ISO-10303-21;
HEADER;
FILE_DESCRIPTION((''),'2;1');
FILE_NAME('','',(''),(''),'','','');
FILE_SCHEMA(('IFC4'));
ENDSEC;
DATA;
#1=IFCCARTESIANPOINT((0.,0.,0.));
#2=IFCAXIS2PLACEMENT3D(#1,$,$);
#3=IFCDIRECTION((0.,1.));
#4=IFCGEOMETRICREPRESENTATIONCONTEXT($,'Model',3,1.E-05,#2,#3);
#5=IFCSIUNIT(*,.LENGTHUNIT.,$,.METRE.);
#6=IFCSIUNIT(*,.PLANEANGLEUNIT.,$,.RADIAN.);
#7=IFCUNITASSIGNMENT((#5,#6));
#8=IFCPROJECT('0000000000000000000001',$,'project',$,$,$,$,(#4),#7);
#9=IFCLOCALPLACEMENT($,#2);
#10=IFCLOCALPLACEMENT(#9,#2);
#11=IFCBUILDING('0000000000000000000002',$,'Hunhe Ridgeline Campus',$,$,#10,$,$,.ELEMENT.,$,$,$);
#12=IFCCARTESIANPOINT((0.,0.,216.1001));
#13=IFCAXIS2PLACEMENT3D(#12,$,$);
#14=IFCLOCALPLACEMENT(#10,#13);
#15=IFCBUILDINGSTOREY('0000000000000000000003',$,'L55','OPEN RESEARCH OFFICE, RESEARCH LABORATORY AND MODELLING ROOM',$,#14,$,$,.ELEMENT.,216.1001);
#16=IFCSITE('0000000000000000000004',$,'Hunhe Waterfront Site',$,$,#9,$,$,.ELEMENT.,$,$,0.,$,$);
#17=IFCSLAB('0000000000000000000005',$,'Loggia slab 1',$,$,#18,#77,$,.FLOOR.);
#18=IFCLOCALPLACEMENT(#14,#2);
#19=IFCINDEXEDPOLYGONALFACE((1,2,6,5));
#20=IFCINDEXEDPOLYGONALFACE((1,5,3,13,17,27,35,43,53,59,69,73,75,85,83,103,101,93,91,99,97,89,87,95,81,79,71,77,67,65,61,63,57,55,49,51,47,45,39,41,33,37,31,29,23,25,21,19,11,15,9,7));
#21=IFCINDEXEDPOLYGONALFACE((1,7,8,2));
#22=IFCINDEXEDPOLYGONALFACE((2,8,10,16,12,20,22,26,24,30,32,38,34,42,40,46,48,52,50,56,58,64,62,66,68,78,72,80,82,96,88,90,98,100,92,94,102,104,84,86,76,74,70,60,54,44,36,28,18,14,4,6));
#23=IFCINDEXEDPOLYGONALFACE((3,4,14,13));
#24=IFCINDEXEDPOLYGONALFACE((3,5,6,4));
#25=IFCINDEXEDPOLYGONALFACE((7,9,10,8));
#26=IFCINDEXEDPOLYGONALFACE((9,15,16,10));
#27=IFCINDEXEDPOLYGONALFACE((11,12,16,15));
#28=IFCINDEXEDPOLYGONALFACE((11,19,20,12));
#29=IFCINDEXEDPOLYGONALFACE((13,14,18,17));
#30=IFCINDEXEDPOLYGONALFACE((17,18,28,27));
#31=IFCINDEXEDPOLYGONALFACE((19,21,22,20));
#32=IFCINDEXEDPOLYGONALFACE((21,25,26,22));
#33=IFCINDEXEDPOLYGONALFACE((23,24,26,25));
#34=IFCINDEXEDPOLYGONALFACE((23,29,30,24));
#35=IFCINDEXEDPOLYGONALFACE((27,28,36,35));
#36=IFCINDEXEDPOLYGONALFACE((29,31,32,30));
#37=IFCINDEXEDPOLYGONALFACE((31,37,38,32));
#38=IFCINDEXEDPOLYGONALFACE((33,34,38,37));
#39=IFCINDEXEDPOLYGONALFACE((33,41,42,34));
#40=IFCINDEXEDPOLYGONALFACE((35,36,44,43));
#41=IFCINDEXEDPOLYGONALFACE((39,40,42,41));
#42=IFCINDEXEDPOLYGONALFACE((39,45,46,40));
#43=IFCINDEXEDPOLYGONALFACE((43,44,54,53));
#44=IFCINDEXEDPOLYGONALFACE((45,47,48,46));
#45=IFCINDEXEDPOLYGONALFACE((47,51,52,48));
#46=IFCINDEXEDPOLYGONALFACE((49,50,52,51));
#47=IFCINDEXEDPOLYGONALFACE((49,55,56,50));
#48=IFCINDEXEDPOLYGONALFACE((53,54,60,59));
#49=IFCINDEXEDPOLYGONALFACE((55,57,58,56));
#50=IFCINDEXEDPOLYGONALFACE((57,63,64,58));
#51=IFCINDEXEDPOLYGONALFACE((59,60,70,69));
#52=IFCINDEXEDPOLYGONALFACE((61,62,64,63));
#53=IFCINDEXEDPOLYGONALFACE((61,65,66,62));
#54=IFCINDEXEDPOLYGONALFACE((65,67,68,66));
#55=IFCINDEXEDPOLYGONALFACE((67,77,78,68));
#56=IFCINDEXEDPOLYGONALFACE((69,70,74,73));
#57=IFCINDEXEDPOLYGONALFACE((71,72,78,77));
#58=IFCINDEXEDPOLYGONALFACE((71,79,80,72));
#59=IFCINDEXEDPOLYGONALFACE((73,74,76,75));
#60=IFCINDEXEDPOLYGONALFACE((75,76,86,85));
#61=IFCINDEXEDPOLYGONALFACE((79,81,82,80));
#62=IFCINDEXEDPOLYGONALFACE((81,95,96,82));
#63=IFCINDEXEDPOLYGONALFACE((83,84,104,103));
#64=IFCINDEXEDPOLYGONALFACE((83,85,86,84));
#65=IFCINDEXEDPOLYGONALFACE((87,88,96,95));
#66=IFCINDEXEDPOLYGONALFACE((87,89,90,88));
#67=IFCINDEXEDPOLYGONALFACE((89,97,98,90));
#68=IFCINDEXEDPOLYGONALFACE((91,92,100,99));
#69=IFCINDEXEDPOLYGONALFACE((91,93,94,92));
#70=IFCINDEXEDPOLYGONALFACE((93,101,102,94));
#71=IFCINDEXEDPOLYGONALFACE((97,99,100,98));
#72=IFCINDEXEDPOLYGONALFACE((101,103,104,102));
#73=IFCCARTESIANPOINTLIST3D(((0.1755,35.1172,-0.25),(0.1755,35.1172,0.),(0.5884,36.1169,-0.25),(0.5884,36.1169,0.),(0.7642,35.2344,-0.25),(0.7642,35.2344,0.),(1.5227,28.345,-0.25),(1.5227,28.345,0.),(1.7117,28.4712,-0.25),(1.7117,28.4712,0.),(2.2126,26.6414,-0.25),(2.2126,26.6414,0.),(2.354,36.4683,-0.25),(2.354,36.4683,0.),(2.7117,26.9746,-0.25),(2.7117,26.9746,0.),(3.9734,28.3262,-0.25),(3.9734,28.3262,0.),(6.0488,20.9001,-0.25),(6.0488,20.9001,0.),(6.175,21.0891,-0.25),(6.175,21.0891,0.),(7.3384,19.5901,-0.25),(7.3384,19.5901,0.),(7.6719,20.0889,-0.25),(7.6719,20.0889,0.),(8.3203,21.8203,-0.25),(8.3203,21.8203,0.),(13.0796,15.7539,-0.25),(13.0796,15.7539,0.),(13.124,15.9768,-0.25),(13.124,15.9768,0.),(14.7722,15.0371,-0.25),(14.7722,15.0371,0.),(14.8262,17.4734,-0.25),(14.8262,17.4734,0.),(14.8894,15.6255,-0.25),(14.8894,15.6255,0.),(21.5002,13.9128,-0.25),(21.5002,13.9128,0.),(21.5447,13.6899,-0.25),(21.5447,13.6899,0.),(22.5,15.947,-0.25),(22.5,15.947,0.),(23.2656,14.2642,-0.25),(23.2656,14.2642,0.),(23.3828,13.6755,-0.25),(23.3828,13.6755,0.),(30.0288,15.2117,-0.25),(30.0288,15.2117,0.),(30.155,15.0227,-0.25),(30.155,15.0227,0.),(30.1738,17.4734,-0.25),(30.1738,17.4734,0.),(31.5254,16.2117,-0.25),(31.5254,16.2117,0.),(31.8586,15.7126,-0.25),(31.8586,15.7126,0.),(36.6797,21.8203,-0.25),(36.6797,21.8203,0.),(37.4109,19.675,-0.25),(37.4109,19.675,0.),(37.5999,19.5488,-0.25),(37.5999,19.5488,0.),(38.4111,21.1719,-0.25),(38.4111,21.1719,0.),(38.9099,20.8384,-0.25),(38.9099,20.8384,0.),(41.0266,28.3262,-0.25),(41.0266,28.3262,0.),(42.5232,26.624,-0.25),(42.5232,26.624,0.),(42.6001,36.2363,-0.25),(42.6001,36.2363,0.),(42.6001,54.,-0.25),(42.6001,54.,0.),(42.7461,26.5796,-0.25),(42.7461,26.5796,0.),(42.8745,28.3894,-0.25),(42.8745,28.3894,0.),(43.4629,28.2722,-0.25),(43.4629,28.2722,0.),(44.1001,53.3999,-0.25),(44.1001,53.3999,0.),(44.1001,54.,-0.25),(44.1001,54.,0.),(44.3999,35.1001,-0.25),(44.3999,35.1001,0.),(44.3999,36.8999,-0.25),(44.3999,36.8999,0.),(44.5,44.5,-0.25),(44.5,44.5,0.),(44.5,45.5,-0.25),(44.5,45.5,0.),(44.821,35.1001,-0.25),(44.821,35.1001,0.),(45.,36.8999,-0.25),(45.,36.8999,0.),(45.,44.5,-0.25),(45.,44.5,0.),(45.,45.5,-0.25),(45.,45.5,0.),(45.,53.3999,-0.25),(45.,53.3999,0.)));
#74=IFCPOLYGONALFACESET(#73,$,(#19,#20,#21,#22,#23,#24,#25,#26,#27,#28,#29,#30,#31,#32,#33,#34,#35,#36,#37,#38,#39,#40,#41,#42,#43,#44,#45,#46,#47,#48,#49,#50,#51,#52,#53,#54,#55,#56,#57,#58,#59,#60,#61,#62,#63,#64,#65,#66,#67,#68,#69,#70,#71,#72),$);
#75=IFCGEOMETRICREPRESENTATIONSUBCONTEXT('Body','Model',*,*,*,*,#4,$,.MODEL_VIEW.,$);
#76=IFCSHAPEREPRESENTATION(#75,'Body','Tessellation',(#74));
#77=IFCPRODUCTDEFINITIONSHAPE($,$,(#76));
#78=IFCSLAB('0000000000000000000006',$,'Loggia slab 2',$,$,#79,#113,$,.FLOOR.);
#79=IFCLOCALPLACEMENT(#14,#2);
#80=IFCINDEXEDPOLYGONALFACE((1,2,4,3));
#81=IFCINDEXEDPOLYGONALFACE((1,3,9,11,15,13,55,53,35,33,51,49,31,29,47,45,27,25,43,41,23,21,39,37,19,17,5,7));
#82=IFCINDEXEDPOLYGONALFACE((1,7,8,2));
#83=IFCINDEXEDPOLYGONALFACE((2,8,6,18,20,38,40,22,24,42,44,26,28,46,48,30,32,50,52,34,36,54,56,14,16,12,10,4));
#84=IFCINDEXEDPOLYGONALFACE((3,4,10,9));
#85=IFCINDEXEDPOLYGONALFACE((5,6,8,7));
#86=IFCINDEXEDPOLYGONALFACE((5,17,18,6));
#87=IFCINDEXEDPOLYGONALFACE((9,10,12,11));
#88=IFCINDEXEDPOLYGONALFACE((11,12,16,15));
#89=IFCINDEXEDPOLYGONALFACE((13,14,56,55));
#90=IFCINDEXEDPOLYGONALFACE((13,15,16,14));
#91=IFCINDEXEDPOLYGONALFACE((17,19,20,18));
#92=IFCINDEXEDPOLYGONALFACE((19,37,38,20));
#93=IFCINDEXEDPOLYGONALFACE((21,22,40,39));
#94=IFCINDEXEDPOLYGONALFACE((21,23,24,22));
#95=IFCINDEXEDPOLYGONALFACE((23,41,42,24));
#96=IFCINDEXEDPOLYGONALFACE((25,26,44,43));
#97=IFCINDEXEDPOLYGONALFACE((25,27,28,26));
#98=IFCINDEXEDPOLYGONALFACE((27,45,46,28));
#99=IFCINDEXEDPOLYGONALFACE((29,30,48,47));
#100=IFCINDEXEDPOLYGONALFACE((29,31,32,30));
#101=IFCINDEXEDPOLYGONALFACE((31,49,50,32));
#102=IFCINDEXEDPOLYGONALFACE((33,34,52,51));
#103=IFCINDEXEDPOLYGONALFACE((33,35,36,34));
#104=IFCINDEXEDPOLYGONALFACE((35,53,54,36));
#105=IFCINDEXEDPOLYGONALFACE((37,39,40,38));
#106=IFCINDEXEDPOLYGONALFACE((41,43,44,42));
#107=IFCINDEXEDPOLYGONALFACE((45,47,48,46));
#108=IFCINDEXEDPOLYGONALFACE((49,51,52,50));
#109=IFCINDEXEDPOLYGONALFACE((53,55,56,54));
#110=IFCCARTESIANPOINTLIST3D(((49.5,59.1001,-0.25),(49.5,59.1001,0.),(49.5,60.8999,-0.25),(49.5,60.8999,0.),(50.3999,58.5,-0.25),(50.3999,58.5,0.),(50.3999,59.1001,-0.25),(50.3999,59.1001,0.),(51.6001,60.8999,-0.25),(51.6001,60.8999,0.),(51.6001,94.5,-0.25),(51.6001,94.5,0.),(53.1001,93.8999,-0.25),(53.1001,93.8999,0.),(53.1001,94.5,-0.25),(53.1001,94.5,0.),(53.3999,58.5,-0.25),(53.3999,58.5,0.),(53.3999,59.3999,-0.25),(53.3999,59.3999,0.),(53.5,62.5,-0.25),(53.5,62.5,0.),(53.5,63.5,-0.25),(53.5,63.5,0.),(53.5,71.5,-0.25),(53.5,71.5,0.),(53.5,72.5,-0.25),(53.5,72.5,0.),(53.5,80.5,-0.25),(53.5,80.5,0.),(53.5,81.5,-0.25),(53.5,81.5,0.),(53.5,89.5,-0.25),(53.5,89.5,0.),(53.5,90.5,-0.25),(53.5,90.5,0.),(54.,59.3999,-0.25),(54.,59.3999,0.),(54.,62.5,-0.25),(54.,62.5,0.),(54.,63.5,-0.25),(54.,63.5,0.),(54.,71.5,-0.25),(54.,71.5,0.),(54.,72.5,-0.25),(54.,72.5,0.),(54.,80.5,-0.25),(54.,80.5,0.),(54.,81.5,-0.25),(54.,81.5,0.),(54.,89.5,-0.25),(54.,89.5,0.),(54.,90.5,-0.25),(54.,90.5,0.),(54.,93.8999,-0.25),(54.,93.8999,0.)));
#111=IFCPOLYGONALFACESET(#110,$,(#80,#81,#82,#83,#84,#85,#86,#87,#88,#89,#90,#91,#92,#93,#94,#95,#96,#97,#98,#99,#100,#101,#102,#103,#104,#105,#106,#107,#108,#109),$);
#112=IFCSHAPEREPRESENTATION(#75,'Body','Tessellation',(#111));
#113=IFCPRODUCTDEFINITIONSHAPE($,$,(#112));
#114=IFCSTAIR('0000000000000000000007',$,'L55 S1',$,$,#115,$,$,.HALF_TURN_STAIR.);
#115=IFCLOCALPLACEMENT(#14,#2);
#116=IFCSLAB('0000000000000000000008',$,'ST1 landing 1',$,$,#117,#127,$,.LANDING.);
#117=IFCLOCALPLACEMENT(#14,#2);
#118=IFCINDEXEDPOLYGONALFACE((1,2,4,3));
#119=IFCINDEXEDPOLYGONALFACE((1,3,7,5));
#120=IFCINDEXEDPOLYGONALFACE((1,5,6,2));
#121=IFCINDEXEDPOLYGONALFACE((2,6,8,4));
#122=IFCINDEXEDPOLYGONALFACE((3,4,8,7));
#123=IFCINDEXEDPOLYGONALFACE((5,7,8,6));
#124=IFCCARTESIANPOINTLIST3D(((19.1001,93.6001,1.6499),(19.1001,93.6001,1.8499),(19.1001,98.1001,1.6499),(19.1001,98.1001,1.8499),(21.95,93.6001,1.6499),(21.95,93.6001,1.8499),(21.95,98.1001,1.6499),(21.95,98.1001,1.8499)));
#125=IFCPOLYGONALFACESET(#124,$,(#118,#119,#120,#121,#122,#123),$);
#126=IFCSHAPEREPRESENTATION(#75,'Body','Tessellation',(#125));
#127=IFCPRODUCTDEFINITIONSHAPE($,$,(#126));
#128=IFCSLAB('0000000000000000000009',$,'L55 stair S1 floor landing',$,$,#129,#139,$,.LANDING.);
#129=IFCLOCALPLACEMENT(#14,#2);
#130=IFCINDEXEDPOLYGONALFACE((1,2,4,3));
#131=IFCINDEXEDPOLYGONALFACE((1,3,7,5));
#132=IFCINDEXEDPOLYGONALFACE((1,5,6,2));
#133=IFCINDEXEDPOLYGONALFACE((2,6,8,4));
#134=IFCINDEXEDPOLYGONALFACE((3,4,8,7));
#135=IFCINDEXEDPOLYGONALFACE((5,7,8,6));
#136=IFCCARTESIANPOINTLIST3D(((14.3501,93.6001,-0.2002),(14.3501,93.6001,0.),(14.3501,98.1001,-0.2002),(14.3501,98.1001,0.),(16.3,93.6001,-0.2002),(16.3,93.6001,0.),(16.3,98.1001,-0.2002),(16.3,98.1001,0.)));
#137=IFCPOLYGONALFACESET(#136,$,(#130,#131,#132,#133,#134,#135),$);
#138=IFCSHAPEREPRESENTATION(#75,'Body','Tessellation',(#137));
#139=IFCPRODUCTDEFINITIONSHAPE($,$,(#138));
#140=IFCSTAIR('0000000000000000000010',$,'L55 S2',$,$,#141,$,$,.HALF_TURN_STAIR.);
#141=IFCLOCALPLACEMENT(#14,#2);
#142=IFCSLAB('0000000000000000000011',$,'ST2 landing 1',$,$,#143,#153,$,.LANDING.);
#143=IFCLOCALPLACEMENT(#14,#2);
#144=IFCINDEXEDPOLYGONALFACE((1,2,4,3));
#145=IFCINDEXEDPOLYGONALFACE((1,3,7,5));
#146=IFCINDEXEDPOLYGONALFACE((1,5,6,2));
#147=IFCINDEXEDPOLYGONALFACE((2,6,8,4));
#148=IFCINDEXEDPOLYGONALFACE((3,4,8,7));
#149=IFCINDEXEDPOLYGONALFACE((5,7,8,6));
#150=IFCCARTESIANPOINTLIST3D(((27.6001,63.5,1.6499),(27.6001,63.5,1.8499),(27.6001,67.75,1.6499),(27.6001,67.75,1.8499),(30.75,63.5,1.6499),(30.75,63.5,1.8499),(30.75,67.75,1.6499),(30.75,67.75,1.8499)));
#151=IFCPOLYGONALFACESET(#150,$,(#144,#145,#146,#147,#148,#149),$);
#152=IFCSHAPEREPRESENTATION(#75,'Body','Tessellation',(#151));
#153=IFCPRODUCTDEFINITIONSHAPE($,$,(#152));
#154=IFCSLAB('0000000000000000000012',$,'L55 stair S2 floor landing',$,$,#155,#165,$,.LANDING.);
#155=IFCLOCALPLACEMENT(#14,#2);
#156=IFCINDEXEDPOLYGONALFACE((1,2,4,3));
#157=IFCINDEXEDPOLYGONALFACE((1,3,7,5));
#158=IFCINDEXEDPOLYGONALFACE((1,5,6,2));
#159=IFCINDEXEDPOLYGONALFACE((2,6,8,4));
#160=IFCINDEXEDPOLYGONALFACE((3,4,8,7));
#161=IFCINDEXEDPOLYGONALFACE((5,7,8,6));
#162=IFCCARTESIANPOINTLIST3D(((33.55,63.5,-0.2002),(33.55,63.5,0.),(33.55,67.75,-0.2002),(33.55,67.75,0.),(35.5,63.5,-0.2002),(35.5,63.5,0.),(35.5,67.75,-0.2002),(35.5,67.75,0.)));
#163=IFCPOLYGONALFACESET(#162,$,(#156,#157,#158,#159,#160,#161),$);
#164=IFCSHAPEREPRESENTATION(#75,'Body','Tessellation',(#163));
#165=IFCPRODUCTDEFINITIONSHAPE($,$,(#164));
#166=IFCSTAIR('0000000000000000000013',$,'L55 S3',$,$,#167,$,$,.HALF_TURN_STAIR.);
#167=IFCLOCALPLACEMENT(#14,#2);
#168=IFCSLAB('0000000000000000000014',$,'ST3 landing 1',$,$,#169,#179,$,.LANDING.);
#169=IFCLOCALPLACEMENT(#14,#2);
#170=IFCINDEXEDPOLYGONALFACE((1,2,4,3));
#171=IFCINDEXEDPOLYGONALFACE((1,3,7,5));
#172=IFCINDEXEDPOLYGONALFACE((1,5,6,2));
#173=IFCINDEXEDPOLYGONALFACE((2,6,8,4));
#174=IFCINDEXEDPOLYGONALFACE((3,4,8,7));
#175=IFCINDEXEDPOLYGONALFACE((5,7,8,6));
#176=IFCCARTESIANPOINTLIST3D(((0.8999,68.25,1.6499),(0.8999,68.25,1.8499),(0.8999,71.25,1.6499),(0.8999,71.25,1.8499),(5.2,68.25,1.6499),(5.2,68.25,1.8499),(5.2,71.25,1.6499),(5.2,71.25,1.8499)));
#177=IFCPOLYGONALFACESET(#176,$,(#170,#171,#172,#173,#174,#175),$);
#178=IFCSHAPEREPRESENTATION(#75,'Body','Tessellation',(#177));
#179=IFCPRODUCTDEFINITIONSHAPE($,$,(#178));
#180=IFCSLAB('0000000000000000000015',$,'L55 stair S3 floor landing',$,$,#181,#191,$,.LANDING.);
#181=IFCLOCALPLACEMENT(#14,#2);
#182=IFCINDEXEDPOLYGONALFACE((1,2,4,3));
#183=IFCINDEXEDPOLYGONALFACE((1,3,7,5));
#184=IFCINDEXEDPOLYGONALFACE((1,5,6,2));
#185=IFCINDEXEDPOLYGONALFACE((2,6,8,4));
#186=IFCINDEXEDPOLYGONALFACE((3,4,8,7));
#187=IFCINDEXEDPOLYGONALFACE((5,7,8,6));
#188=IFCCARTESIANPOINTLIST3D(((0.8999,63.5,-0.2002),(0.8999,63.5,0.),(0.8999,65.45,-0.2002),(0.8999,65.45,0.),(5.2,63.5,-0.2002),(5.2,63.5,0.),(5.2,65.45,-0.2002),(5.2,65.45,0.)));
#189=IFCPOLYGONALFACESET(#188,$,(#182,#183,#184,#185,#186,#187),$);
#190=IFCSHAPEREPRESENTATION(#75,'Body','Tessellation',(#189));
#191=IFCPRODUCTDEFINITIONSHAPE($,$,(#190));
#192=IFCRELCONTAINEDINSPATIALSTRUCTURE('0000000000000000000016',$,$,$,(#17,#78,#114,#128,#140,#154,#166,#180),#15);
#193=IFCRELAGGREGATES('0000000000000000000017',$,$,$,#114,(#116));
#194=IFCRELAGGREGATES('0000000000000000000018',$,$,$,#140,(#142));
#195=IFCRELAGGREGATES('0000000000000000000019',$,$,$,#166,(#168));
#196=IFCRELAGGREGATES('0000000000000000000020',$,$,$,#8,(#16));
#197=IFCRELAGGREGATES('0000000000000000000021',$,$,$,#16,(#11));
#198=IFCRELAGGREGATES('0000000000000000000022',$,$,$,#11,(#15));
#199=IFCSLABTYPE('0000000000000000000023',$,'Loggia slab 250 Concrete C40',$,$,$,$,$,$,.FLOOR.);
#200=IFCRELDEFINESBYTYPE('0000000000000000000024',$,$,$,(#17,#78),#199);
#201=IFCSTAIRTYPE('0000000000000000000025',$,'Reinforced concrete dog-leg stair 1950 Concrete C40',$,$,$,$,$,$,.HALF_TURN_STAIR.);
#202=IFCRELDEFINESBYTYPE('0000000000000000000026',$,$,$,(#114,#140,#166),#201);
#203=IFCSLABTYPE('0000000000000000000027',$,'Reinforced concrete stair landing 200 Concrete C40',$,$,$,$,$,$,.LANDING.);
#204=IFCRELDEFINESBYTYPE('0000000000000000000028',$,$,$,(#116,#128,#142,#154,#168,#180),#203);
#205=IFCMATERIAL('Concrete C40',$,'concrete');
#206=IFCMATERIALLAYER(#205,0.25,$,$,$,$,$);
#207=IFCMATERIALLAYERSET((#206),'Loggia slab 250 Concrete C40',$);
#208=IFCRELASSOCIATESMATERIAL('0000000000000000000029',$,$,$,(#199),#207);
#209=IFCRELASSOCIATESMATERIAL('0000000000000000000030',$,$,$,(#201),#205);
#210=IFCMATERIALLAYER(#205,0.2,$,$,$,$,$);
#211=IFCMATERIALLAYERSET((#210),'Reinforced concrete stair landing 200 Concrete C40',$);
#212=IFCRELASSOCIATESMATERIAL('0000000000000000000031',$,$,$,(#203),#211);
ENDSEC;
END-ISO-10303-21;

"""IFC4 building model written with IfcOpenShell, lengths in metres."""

from ifc_helpers import new_model, si_unit, direction, frame, origin, place, context, subcontext, project, spatial, polyline, outline, extrude, material, layer, layer_set, type_object, element, aggregate, save


model = new_model("IFC4")

# Units and contexts
model_context = context("Model", 3, precision=1e-05, world=origin(), true_north=direction((0.0, 1.0)))
body_context = subcontext(model_context, "Body", "Model", "MODEL_VIEW")
ifc_project = project(units=[si_unit("LENGTHUNIT", "METRE"), si_unit("PLANEANGLEUNIT", "RADIAN")], contexts=[model_context])

# Site, building, storey
site_placement = place(None, origin())
site = spatial("IfcSite", under=ifc_project, at=site_placement, Name="Hunhe Waterfront Site", CompositionType="ELEMENT", RefElevation=0.0)
building_placement = place(site_placement, origin())
building = spatial("IfcBuilding", under=site, at=building_placement, Name="Hunhe Ridgeline Campus", CompositionType="ELEMENT")
storey_placement = place(building_placement, frame((0.0, 0.0, 216.1001)))
storey = spatial("IfcBuildingStorey", under=building, at=storey_placement, Name="L55", Description="OPEN RESEARCH OFFICE, RESEARCH LABORATORY AND MODELLING ROOM", CompositionType="ELEMENT", Elevation=216.1001)

# Slabs
ifc_material_1 = material(Name="Concrete C40", Category="concrete")
ifc_layer_1 = layer(ifc_material_1, 0.25)
ifc_layer_set_1 = layer_set([ifc_layer_1], Name="Loggia slab 250 Concrete C40")
slab_type_1 = type_object("IfcSlabType", Name="Loggia slab 250 Concrete C40", PredefinedType="FLOOR", material=ifc_layer_set_1)
slab_1_placement = place(storey_placement, frame((0.0, 0.0, -0.25)))
element("IfcSlab", 1, at=slab_1_placement, inside=storey, type_object=slab_type_1, Name="Loggia slab 1", PredefinedType="FLOOR", context=body_context, shape_type="SweptSolid", body=[
    extrude(outline(polyline([(30.1738, 17.4734), (22.5, 15.947), (14.8262, 17.4734), (8.3203, 21.8203), (3.9734, 28.3262), (2.354, 36.4683), (0.5884, 36.1169), (0.7642, 35.2344), (0.1755, 35.1172), (1.5227, 28.345), (1.7117, 28.4712), (2.7117, 26.9746), (2.2126, 26.6414), (6.0488, 20.9001), (6.175, 21.0891), (7.6719, 20.0889), (7.3384, 19.5901), (13.0796, 15.7539), (13.124, 15.9768), (14.8894, 15.6255), (14.7722, 15.0371), (21.5447, 13.6899), (21.5002, 13.9128), (23.2656, 14.2642), (23.3828, 13.6755), (30.155, 15.0227), (30.0288, 15.2117), (31.5254, 16.2117), (31.8586, 15.7126), (37.5999, 19.5488), (37.4109, 19.675), (38.4111, 21.1719), (38.9099, 20.8384), (42.7461, 26.5796), (42.5232, 26.624), (42.8745, 28.3894), (43.4629, 28.2722), (44.821, 35.1001), (44.3999, 35.1001), (44.3999, 36.8999), (45.0, 36.8999), (45.0, 44.5), (44.5, 44.5), (44.5, 45.5), (45.0, 45.5), (45.0, 53.3999), (44.1001, 53.3999), (44.1001, 54.0), (42.6001, 54.0), (42.6001, 36.2363), (41.0266, 28.3262), (36.6797, 21.8203), (30.1738, 17.4734)])), origin(), (0.0, 0.0, 1.0), 0.25),
])
slab_2_placement = place(storey_placement, frame((0.0, 0.0, -0.25)))
element("IfcSlab", 2, at=slab_2_placement, inside=storey, type_object=slab_type_1, Name="Loggia slab 2", PredefinedType="FLOOR", context=body_context, shape_type="SweptSolid", body=[
    extrude(outline(polyline([(49.5, 59.1001), (50.3999, 59.1001), (50.3999, 58.5), (53.3999, 58.5), (53.3999, 59.3999), (54.0, 59.3999), (54.0, 62.5), (53.5, 62.5), (53.5, 63.5), (54.0, 63.5), (54.0, 71.5), (53.5, 71.5), (53.5, 72.5), (54.0, 72.5), (54.0, 80.5), (53.5, 80.5), (53.5, 81.5), (54.0, 81.5), (54.0, 89.5), (53.5, 89.5), (53.5, 90.5), (54.0, 90.5), (54.0, 93.8999), (53.1001, 93.8999), (53.1001, 94.5), (51.6001, 94.5), (51.6001, 60.8999), (49.5, 60.8999), (49.5, 59.1001)])), origin(), (0.0, 0.0, 1.0), 0.25),
])

# Stair, slab
stair_type = type_object("IfcStairType", Name="Reinforced concrete dog-leg stair 1950 Concrete C40", PredefinedType="HALF_TURN_STAIR", material=ifc_material_1)
stair_1_placement = place(storey_placement, origin())
stair_1 = element("IfcStair", 3, at=stair_1_placement, inside=storey, type_object=stair_type, Name="L55 S1", PredefinedType="HALF_TURN_STAIR")
ifc_layer_2 = layer(ifc_material_1, 0.2)
ifc_layer_set_2 = layer_set([ifc_layer_2], Name="Reinforced concrete stair landing 200 Concrete C40")
slab_type_2 = type_object("IfcSlabType", Name="Reinforced concrete stair landing 200 Concrete C40", PredefinedType="LANDING", material=ifc_layer_set_2)
slab_3_placement = place(storey_placement, frame((0.0, 0.0, 1.6499)))
slab_3 = element("IfcSlab", 4, at=slab_3_placement, type_object=slab_type_2, Name="ST1 landing 1", PredefinedType="LANDING", context=body_context, shape_type="SweptSolid", body=[
    extrude(outline(polyline([(19.1001, 93.6001), (21.95, 93.6001), (21.95, 98.1001), (19.1001, 98.1001), (19.1001, 93.6001)])), origin(), (0.0, 0.0, 1.0), 0.2),
])
aggregate(stair_1, [slab_3])

# Slab
slab_4_placement = place(storey_placement, frame((0.0, 0.0, -0.2002)))
element("IfcSlab", 5, at=slab_4_placement, inside=storey, type_object=slab_type_2, Name="L55 stair S1 floor landing", PredefinedType="LANDING", context=body_context, shape_type="SweptSolid", body=[
    extrude(outline(polyline([(14.3501, 93.6001), (16.3, 93.6001), (16.3, 98.1001), (14.3501, 98.1001), (14.3501, 93.6001)])), origin(), (0.0, 0.0, 1.0), 0.2002),
])

# Stair, slab
stair_2_placement = place(storey_placement, origin())
stair_2 = element("IfcStair", 6, at=stair_2_placement, inside=storey, type_object=stair_type, Name="L55 S2", PredefinedType="HALF_TURN_STAIR")
slab_5_placement = place(storey_placement, frame((0.0, 0.0, 1.6499)))
slab_5 = element("IfcSlab", 7, at=slab_5_placement, type_object=slab_type_2, Name="ST2 landing 1", PredefinedType="LANDING", context=body_context, shape_type="SweptSolid", body=[
    extrude(outline(polyline([(30.75, 67.75), (27.6001, 67.75), (27.6001, 63.5), (30.75, 63.5), (30.75, 67.75)])), origin(), (0.0, 0.0, 1.0), 0.2),
])
aggregate(stair_2, [slab_5])

# Slab
slab_6_placement = place(storey_placement, frame((0.0, 0.0, -0.2002)))
element("IfcSlab", 8, at=slab_6_placement, inside=storey, type_object=slab_type_2, Name="L55 stair S2 floor landing", PredefinedType="LANDING", context=body_context, shape_type="SweptSolid", body=[
    extrude(outline(polyline([(35.5, 67.75), (33.55, 67.75), (33.55, 63.5), (35.5, 63.5), (35.5, 67.75)])), origin(), (0.0, 0.0, 1.0), 0.2002),
])

# Stair, slab
stair_3_placement = place(storey_placement, origin())
stair_3 = element("IfcStair", 9, at=stair_3_placement, inside=storey, type_object=stair_type, Name="L55 S3", PredefinedType="HALF_TURN_STAIR")
slab_7_placement = place(storey_placement, frame((0.0, 0.0, 1.6499)))
slab_7 = element("IfcSlab", 10, at=slab_7_placement, type_object=slab_type_2, Name="ST3 landing 1", PredefinedType="LANDING", context=body_context, shape_type="SweptSolid", body=[
    extrude(outline(polyline([(5.2, 68.25), (5.2, 71.25), (0.8999, 71.25), (0.8999, 68.25), (5.2, 68.25)])), origin(), (0.0, 0.0, 1.0), 0.2),
])
aggregate(stair_3, [slab_7])

# Slab
slab_8_placement = place(storey_placement, frame((0.0, 0.0, -0.2002)))
element("IfcSlab", 11, at=slab_8_placement, inside=storey, type_object=slab_type_2, Name="L55 stair S3 floor landing", PredefinedType="LANDING", context=body_context, shape_type="SweptSolid", body=[
    extrude(outline(polyline([(5.2, 63.5), (5.2, 65.45), (0.8999, 65.45), (0.8999, 63.5), (5.2, 63.5)])), origin(), (0.0, 0.0, 1.0), 0.2002),
])

save(model, "model.ifc")
